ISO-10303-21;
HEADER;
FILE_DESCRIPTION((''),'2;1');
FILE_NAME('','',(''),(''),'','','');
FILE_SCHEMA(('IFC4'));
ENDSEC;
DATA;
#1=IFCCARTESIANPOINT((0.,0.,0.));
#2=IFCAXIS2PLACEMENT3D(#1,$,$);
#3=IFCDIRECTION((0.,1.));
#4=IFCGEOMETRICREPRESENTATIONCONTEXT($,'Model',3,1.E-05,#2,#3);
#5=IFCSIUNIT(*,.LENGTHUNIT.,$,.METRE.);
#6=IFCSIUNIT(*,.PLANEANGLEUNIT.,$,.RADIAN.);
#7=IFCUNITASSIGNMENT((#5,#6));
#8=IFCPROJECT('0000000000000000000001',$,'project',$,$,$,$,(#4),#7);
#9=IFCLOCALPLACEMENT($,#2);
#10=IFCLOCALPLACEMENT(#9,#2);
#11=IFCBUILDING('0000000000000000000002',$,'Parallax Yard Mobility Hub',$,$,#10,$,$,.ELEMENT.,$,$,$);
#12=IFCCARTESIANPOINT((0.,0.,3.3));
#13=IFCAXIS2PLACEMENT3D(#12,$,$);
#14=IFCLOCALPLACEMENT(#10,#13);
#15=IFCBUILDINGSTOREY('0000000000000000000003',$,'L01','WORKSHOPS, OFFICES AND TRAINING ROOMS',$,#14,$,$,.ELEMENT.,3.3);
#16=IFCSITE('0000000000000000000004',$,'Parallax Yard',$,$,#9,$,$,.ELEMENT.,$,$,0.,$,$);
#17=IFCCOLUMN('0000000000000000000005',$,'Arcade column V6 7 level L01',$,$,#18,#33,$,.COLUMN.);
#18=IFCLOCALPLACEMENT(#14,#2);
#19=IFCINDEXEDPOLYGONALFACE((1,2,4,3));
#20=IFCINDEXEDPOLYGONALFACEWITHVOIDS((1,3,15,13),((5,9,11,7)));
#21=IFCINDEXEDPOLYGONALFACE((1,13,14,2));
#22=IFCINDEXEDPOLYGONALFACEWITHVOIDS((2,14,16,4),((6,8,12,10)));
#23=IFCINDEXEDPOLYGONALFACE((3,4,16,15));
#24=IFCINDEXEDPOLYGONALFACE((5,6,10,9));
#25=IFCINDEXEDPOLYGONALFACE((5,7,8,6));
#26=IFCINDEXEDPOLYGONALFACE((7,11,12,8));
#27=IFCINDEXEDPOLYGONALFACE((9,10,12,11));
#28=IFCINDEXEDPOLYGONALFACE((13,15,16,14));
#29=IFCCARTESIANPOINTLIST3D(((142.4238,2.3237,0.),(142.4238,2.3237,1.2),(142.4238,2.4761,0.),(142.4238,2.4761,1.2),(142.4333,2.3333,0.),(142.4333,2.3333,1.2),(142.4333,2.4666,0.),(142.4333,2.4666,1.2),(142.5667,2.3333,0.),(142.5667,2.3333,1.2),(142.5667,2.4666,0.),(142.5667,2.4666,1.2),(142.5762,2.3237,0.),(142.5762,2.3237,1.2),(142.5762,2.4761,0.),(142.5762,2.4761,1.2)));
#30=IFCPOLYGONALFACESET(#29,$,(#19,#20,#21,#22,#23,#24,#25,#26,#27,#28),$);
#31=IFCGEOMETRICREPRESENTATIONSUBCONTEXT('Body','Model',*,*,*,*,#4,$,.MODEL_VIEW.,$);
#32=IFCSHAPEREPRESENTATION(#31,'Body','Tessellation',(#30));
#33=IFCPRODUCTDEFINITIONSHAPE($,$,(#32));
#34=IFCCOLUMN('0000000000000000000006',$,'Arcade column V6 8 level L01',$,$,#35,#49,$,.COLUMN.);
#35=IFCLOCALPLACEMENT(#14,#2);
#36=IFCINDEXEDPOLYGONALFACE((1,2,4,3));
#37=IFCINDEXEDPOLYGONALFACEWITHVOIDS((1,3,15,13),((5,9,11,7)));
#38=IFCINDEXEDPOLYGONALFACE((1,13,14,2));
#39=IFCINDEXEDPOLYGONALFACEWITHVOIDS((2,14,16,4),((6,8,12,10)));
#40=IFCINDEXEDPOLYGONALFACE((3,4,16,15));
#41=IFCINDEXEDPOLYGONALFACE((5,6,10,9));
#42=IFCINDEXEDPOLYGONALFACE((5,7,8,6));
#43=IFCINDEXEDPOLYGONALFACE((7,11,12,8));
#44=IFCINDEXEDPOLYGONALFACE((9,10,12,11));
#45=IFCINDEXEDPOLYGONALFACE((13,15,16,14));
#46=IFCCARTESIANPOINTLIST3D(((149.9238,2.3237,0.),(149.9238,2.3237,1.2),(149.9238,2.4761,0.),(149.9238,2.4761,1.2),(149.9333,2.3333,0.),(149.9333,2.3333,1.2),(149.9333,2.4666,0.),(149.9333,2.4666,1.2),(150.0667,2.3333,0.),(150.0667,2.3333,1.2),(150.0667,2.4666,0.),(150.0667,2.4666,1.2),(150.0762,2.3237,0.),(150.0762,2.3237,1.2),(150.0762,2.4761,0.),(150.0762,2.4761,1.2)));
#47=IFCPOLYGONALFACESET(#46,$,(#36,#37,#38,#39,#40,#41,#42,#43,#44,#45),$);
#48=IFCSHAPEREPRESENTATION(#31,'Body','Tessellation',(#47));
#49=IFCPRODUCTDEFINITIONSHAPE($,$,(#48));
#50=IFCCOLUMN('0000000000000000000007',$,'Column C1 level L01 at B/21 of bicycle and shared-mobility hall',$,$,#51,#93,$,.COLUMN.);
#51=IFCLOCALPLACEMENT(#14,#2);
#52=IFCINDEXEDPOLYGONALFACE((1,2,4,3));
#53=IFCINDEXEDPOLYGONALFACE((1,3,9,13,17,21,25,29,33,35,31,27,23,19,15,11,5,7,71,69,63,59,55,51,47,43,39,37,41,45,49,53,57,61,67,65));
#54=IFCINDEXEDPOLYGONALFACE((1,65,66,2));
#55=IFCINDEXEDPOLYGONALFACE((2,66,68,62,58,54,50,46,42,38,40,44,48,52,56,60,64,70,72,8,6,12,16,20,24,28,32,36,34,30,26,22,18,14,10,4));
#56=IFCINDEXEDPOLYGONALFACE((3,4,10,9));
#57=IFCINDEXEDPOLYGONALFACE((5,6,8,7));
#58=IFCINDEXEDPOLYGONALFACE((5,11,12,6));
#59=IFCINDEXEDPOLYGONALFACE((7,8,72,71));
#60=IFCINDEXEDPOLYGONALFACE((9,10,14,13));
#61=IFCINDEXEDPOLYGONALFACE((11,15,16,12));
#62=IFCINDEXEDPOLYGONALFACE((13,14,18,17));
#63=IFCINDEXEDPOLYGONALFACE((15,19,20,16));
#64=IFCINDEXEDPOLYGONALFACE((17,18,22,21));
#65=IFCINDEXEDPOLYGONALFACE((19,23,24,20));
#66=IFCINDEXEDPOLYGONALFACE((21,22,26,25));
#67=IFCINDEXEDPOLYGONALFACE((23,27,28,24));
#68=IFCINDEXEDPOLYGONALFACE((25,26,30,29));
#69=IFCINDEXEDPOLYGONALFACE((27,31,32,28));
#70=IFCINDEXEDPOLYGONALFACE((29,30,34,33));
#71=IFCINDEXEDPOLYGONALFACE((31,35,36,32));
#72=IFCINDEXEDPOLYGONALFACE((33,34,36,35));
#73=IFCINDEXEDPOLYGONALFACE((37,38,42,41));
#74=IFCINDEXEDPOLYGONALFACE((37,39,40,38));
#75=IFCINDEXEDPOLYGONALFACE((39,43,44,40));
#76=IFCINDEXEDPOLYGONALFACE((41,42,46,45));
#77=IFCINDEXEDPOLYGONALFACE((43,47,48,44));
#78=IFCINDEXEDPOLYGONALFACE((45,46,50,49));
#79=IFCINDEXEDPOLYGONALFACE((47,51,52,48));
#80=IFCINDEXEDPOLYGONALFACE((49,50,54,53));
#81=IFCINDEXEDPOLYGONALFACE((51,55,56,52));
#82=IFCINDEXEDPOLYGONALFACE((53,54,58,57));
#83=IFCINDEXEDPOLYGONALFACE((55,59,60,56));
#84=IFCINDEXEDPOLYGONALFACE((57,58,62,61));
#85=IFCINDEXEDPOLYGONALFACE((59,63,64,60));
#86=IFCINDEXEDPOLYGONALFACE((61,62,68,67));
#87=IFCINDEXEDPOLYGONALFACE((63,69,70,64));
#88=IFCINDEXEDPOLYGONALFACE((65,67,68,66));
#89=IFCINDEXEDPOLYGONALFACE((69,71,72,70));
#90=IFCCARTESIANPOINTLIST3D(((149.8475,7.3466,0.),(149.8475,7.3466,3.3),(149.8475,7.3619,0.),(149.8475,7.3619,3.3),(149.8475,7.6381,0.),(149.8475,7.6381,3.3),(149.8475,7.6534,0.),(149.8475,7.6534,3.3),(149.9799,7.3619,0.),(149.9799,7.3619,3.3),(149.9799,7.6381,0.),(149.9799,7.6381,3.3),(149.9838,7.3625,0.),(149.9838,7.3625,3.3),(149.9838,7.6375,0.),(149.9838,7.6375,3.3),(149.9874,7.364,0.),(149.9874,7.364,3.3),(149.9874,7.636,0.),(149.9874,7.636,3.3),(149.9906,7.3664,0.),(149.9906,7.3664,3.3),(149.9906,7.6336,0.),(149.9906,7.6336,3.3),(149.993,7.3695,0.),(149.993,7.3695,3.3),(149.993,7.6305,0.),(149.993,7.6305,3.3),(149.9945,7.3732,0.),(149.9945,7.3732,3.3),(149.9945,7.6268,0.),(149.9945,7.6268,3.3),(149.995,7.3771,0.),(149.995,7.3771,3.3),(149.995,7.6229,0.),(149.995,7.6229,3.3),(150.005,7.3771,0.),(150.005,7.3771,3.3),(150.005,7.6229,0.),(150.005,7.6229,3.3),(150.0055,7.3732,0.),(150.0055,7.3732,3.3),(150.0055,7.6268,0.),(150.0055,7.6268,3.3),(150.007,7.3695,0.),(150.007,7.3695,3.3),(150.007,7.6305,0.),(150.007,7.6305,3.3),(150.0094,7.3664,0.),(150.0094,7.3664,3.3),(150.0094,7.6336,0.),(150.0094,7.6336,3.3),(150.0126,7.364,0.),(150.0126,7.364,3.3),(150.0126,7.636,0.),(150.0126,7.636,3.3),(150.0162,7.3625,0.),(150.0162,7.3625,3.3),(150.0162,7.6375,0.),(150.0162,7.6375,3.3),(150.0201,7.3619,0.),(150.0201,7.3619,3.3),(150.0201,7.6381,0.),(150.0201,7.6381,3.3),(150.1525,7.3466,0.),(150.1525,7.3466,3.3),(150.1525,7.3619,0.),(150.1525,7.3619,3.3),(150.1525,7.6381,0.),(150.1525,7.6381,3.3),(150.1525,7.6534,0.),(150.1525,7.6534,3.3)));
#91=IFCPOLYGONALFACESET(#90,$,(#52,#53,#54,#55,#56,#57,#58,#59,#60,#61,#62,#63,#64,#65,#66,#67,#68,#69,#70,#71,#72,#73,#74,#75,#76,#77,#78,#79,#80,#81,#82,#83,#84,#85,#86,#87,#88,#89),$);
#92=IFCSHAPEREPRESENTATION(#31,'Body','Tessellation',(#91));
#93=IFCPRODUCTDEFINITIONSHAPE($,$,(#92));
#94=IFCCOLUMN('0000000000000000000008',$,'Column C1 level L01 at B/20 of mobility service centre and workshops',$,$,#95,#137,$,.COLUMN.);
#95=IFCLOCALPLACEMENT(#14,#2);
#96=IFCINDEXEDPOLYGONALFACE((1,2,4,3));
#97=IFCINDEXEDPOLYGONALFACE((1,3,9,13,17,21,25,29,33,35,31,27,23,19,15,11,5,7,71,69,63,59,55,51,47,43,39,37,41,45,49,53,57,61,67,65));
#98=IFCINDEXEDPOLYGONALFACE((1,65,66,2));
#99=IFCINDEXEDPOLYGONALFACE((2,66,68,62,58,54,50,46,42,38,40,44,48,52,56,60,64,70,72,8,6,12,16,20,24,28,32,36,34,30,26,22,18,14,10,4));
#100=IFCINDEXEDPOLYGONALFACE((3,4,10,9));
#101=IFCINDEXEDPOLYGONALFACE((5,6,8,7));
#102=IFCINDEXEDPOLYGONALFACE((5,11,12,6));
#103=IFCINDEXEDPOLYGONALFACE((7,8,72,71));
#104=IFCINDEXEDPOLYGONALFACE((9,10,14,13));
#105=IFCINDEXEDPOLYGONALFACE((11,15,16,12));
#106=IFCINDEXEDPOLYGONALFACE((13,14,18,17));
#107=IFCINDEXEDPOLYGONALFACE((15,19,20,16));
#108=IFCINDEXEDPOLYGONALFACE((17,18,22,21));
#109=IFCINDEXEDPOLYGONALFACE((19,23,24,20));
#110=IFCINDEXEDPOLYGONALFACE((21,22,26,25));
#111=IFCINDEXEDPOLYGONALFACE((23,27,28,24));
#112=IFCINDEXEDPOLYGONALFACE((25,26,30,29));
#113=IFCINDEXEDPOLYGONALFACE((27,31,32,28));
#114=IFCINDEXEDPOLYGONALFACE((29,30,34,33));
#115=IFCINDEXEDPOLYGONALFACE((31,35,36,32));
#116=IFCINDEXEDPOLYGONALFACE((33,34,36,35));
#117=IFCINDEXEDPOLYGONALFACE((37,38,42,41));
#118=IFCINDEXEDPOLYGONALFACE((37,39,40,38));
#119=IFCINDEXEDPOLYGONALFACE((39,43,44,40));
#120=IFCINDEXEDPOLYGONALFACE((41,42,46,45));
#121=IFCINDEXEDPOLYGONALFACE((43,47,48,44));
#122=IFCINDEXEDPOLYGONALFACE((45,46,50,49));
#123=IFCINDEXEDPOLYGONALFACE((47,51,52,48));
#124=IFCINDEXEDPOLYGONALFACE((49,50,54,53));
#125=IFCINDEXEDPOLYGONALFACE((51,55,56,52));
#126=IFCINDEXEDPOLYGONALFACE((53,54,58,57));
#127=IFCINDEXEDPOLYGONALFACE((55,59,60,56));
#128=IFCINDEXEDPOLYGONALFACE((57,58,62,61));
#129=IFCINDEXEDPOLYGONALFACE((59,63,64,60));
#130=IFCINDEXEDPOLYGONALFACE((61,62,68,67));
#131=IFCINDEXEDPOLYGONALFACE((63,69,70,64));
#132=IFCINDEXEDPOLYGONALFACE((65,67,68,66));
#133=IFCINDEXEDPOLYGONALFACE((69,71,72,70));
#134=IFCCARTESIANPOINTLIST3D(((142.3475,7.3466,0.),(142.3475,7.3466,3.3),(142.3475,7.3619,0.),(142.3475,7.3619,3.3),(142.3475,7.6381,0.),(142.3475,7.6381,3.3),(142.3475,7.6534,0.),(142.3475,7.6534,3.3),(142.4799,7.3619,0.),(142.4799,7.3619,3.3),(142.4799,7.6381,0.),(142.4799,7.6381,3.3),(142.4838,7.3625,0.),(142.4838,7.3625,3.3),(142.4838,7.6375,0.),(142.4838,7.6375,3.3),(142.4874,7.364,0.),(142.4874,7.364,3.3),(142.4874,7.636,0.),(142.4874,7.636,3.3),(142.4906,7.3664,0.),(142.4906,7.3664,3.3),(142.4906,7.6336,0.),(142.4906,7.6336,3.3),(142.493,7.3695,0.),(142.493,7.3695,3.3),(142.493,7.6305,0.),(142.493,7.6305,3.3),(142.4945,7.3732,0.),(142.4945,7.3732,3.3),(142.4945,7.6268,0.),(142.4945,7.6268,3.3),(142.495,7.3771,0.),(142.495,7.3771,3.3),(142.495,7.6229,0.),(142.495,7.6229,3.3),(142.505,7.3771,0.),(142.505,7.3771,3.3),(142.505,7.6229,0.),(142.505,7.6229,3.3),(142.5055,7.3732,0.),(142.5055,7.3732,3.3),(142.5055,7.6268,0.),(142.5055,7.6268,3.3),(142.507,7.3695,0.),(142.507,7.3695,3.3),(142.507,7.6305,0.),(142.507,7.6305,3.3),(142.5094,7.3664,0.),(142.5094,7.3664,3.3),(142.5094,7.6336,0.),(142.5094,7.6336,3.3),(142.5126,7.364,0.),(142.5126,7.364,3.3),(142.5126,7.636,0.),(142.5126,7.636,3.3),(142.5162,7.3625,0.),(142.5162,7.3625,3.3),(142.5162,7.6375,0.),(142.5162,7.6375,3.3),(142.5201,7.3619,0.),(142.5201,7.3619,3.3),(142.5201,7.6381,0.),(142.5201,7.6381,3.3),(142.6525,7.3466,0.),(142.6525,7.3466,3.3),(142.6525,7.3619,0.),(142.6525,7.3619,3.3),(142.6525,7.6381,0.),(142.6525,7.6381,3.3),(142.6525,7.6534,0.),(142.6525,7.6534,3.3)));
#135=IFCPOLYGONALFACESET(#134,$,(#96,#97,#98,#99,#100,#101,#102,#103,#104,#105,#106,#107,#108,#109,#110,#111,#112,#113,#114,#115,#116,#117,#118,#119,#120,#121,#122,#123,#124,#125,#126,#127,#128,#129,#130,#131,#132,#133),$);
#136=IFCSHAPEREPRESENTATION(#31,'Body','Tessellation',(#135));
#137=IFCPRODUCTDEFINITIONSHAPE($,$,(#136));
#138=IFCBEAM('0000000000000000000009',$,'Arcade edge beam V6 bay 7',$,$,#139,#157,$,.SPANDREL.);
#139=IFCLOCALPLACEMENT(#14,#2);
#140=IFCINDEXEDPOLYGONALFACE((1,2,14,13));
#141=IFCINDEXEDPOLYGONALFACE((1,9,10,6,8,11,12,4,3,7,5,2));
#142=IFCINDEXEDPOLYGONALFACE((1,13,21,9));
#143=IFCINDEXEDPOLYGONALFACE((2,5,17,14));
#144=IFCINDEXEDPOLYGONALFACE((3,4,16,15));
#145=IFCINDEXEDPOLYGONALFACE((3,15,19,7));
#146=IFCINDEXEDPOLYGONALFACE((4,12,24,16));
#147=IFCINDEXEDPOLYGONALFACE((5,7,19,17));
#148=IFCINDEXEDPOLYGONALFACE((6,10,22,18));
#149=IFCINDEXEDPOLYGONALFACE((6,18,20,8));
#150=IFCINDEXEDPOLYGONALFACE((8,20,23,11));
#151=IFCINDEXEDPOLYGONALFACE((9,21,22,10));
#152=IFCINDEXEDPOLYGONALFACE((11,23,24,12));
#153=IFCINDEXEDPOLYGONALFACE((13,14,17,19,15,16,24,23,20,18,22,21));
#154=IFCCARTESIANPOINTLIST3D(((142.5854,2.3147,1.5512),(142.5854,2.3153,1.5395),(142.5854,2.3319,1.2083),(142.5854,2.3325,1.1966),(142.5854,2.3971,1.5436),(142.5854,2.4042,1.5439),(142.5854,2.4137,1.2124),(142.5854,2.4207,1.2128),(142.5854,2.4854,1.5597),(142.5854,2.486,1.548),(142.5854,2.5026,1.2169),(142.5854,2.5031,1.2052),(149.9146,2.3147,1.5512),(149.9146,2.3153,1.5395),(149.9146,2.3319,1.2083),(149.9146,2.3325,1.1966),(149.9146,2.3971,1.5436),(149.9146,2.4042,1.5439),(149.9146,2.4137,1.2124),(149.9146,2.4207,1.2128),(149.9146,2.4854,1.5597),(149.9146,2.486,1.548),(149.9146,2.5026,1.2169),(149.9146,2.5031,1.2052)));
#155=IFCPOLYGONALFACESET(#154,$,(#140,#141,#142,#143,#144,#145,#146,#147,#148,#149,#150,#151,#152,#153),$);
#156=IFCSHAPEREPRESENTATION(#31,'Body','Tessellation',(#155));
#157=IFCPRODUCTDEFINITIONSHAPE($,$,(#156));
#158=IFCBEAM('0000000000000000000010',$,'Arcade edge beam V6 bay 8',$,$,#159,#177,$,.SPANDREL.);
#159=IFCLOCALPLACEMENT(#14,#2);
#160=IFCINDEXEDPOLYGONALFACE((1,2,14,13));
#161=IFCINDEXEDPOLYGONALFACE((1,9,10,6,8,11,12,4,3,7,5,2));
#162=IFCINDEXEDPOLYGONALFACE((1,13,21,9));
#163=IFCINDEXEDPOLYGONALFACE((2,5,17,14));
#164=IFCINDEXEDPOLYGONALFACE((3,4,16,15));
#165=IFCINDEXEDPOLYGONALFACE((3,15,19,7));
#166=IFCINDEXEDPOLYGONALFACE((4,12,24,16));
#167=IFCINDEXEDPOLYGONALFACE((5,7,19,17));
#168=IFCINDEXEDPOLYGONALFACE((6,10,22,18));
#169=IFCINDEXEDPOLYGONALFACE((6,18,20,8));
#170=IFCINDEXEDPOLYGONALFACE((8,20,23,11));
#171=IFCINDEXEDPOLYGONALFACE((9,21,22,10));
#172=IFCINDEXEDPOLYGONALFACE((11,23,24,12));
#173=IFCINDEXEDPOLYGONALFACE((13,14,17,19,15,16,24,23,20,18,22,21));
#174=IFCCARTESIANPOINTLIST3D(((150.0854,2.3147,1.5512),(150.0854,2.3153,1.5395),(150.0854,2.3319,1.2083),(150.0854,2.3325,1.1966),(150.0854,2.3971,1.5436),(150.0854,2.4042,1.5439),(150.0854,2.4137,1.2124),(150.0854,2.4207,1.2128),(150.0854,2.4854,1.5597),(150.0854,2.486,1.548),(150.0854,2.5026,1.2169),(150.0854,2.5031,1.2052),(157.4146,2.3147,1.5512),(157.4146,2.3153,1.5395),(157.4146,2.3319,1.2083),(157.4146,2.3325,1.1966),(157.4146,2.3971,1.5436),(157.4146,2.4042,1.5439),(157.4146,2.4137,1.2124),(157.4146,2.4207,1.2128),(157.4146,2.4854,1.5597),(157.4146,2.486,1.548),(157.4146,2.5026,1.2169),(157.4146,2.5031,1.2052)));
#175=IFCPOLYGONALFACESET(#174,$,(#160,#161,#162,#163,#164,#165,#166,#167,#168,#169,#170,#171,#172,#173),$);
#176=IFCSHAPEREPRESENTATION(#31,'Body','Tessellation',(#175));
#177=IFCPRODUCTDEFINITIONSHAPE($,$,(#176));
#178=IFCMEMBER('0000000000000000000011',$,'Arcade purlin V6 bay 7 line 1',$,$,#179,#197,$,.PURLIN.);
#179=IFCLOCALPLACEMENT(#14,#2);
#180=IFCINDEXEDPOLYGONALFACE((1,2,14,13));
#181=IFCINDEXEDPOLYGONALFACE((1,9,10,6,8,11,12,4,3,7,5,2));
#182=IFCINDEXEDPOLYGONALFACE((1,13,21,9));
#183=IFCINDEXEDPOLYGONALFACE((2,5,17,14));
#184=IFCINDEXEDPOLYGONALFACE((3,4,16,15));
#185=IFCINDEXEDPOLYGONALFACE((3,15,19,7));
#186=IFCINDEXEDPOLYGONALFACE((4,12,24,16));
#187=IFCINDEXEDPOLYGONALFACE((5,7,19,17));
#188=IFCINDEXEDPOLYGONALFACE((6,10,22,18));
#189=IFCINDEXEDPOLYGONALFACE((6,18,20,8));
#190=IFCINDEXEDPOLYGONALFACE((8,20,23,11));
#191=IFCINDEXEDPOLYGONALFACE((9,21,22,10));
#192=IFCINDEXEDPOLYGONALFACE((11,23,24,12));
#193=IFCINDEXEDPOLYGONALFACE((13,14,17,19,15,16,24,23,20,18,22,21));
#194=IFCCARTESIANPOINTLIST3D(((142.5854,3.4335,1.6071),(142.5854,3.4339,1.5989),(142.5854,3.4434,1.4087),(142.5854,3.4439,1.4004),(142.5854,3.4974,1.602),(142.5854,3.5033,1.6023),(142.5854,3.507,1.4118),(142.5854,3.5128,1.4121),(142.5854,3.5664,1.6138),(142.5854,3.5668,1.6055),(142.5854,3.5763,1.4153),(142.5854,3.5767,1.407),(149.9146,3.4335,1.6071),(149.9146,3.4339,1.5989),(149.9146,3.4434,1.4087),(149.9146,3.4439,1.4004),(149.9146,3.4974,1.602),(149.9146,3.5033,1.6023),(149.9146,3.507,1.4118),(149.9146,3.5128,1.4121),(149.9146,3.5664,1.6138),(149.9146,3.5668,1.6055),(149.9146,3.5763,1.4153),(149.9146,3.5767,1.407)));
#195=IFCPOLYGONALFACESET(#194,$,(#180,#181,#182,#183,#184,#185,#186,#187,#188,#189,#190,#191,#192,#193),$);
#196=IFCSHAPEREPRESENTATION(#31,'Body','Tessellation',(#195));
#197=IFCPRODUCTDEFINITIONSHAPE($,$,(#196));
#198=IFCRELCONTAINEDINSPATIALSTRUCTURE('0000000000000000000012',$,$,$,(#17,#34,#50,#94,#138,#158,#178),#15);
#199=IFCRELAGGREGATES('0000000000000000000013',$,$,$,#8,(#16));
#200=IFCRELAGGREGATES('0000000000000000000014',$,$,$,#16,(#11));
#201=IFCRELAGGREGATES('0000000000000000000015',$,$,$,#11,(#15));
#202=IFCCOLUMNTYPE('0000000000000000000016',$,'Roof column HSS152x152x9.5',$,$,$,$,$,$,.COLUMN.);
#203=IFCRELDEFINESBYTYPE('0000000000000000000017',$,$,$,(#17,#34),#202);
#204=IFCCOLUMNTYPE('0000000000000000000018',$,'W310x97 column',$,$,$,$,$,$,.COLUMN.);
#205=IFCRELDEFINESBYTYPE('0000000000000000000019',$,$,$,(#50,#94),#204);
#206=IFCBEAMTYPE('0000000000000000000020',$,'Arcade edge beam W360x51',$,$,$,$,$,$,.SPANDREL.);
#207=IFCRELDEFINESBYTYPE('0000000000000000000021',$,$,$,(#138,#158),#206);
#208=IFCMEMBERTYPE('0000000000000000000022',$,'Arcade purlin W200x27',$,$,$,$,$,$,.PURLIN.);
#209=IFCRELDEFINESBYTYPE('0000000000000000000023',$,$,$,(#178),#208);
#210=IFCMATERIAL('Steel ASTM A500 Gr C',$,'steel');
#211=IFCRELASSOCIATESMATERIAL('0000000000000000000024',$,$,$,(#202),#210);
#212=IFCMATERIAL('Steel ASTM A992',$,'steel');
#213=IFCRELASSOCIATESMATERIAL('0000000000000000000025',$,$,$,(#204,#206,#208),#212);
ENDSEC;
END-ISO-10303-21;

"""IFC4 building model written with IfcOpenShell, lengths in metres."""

from ifc_helpers import new_model, si_unit, direction, frame, origin, origin_2d, place, context, subcontext, project, spatial, hollow_rectangle, i_section, extrude, material, material_profile, profile_set, type_object, element, save


model = new_model("IFC4")

# Units and contexts
model_context = context("Model", 3, precision=1e-05, world=origin(), true_north=direction((0.0, 1.0)))
body_context = subcontext(model_context, "Body", "Model", "MODEL_VIEW")
ifc_project = project(units=[si_unit("LENGTHUNIT", "METRE"), si_unit("PLANEANGLEUNIT", "RADIAN")], contexts=[model_context])

# Site, building, storey
site_placement = place(None, origin())
site = spatial("IfcSite", under=ifc_project, at=site_placement, Name="Parallax Yard", CompositionType="ELEMENT", RefElevation=0.0)
building_placement = place(site_placement, origin())
building = spatial("IfcBuilding", under=site, at=building_placement, Name="Parallax Yard Mobility Hub", CompositionType="ELEMENT")
storey_placement = place(building_placement, frame((0.0, 0.0, 3.3)))
storey = spatial("IfcBuildingStorey", under=building, at=storey_placement, Name="L01", Description="WORKSHOPS, OFFICES AND TRAINING ROOMS", CompositionType="ELEMENT", Elevation=3.3)

# Columns
ifc_material_1 = material(Name="Steel ASTM A500 Gr C", Category="steel")
ifc_material_profile_1 = material_profile(ifc_material_1, hollow_rectangle(XDim=0.1523, YDim=0.1523, WallThickness=0.0095, at=origin_2d()), Name="HSS152x152x9.5")
ifc_profile_set_1 = profile_set([ifc_material_profile_1], Name="Steel ASTM A500 Gr C")
column_type_1 = type_object("IfcColumnType", Name="Roof column HSS152x152x9.5", PredefinedType="COLUMN", material=ifc_profile_set_1)
for number, where, z_axis, x_axis, name in (
    (1, (142.5, 2.3999, 0.0), (0.0, 0.0, 1.0), (1.0, 0.0, 0.0), "Arcade column V6 7 level L01"),
    (2, (150.0, 2.3999, 0.0), (0.0, 0.0, 1.0), (1.0, 0.0, 0.0), "Arcade column V6 8 level L01"),
):
    element("IfcColumn", number, at=place(storey_placement, frame(where, z_axis=z_axis, x_axis=x_axis)), inside=storey, type_object=column_type_1, Name=name, PredefinedType="COLUMN", context=body_context, shape_type="SweptSolid", body=[
        extrude(hollow_rectangle(XDim=0.1523, YDim=0.1523, WallThickness=0.0095, at=origin_2d()), origin(), (0.0, 0.0, 1.0), 1.2),
    ])
ifc_material_2 = material(Name="Steel ASTM A992", Category="steel")
ifc_material_profile_2 = material_profile(ifc_material_2, i_section(OverallWidth=0.3049, OverallDepth=0.3069, WebThickness=0.01, FlangeThickness=0.0154, FilletRadius=0.0151, at=origin_2d()), Name="W310x97")
ifc_profile_set_2 = profile_set([ifc_material_profile_2], Name="Steel ASTM A992")
column_type_2 = type_object("IfcColumnType", Name="W310x97 column", PredefinedType="COLUMN", material=ifc_profile_set_2)
for number, where, z_axis, x_axis, name in (
    (3, (150.0, 7.5, 0.0), (0.0, 0.0, 1.0), (1.0, 0.0, 0.0), "Column C1 level L01 at B/21 of bicycle and shared-mobility hall"),
    (4, (142.5, 7.5, 0.0), (0.0, 0.0, 1.0), (1.0, 0.0, 0.0), "Column C1 level L01 at B/20 of mobility service centre and workshops"),
):
    element("IfcColumn", number, at=place(storey_placement, frame(where, z_axis=z_axis, x_axis=x_axis)), inside=storey, type_object=column_type_2, Name=name, PredefinedType="COLUMN", context=body_context, shape_type="SweptSolid", body=[
        extrude(i_section(OverallWidth=0.3049, OverallDepth=0.3069, WebThickness=0.01, FlangeThickness=0.0154, FilletRadius=0.0151, at=origin_2d()), origin(), (0.0, 0.0, 1.0), 3.3),
    ])

# Beams
ifc_material_profile_3 = material_profile(ifc_material_2, i_section(OverallWidth=0.1709, OverallDepth=0.355, WebThickness=0.0071, FlangeThickness=0.0117, at=origin_2d()), Name="W360x51")
ifc_profile_set_3 = profile_set([ifc_material_profile_3], Name="Steel ASTM A992")
beam_type_1 = type_object("IfcBeamType", Name="Arcade edge beam W360x51", PredefinedType="SPANDREL", material=ifc_profile_set_3)
for number, where, z_axis, x_axis, name in (
    (5, (142.5854, 2.4089, 1.3782), (1.0, 0.0, 0.0), (0.0, 0.998752, 0.049938), "Arcade edge beam V6 bay 7"),
    (6, (150.0854, 2.4089, 1.3782), (1.0, 0.0, 0.0), (0.0, 0.998752, 0.049938), "Arcade edge beam V6 bay 8"),
):
    element("IfcBeam", number, at=place(storey_placement, frame(where, z_axis=z_axis, x_axis=x_axis)), inside=storey, type_object=beam_type_1, Name=name, PredefinedType="SPANDREL", context=body_context, shape_type="SweptSolid", body=[
        extrude(i_section(OverallWidth=0.1709, OverallDepth=0.355, WebThickness=0.0071, FlangeThickness=0.0117, at=origin_2d()), origin(), (0.0, 0.0, 1.0), 7.3291),
    ])

# Member
ifc_material_profile_4 = material_profile(ifc_material_2, i_section(OverallWidth=0.1331, OverallDepth=0.207, WebThickness=0.0059, FlangeThickness=0.0083, at=origin_2d()), Name="W200x27")
ifc_profile_set_4 = profile_set([ifc_material_profile_4], Name="Steel ASTM A992")
member_type_1 = type_object("IfcMemberType", Name="Arcade purlin W200x27", PredefinedType="PURLIN", material=ifc_profile_set_4)
for number, where, z_axis, x_axis, name in (
    (7, (142.5854, 3.5051, 1.5071), (1.0, 0.0, 0.0), (0.0, 0.998752, 0.049938), "Arcade purlin V6 bay 7 line 1"),
):
    element("IfcMember", number, at=place(storey_placement, frame(where, z_axis=z_axis, x_axis=x_axis)), inside=storey, type_object=member_type_1, Name=name, PredefinedType="PURLIN", context=body_context, shape_type="SweptSolid", body=[
        extrude(i_section(OverallWidth=0.1331, OverallDepth=0.207, WebThickness=0.0059, FlangeThickness=0.0083, at=origin_2d()), origin(), (0.0, 0.0, 1.0), 7.3291),
    ])

save(model, "model.ifc")
